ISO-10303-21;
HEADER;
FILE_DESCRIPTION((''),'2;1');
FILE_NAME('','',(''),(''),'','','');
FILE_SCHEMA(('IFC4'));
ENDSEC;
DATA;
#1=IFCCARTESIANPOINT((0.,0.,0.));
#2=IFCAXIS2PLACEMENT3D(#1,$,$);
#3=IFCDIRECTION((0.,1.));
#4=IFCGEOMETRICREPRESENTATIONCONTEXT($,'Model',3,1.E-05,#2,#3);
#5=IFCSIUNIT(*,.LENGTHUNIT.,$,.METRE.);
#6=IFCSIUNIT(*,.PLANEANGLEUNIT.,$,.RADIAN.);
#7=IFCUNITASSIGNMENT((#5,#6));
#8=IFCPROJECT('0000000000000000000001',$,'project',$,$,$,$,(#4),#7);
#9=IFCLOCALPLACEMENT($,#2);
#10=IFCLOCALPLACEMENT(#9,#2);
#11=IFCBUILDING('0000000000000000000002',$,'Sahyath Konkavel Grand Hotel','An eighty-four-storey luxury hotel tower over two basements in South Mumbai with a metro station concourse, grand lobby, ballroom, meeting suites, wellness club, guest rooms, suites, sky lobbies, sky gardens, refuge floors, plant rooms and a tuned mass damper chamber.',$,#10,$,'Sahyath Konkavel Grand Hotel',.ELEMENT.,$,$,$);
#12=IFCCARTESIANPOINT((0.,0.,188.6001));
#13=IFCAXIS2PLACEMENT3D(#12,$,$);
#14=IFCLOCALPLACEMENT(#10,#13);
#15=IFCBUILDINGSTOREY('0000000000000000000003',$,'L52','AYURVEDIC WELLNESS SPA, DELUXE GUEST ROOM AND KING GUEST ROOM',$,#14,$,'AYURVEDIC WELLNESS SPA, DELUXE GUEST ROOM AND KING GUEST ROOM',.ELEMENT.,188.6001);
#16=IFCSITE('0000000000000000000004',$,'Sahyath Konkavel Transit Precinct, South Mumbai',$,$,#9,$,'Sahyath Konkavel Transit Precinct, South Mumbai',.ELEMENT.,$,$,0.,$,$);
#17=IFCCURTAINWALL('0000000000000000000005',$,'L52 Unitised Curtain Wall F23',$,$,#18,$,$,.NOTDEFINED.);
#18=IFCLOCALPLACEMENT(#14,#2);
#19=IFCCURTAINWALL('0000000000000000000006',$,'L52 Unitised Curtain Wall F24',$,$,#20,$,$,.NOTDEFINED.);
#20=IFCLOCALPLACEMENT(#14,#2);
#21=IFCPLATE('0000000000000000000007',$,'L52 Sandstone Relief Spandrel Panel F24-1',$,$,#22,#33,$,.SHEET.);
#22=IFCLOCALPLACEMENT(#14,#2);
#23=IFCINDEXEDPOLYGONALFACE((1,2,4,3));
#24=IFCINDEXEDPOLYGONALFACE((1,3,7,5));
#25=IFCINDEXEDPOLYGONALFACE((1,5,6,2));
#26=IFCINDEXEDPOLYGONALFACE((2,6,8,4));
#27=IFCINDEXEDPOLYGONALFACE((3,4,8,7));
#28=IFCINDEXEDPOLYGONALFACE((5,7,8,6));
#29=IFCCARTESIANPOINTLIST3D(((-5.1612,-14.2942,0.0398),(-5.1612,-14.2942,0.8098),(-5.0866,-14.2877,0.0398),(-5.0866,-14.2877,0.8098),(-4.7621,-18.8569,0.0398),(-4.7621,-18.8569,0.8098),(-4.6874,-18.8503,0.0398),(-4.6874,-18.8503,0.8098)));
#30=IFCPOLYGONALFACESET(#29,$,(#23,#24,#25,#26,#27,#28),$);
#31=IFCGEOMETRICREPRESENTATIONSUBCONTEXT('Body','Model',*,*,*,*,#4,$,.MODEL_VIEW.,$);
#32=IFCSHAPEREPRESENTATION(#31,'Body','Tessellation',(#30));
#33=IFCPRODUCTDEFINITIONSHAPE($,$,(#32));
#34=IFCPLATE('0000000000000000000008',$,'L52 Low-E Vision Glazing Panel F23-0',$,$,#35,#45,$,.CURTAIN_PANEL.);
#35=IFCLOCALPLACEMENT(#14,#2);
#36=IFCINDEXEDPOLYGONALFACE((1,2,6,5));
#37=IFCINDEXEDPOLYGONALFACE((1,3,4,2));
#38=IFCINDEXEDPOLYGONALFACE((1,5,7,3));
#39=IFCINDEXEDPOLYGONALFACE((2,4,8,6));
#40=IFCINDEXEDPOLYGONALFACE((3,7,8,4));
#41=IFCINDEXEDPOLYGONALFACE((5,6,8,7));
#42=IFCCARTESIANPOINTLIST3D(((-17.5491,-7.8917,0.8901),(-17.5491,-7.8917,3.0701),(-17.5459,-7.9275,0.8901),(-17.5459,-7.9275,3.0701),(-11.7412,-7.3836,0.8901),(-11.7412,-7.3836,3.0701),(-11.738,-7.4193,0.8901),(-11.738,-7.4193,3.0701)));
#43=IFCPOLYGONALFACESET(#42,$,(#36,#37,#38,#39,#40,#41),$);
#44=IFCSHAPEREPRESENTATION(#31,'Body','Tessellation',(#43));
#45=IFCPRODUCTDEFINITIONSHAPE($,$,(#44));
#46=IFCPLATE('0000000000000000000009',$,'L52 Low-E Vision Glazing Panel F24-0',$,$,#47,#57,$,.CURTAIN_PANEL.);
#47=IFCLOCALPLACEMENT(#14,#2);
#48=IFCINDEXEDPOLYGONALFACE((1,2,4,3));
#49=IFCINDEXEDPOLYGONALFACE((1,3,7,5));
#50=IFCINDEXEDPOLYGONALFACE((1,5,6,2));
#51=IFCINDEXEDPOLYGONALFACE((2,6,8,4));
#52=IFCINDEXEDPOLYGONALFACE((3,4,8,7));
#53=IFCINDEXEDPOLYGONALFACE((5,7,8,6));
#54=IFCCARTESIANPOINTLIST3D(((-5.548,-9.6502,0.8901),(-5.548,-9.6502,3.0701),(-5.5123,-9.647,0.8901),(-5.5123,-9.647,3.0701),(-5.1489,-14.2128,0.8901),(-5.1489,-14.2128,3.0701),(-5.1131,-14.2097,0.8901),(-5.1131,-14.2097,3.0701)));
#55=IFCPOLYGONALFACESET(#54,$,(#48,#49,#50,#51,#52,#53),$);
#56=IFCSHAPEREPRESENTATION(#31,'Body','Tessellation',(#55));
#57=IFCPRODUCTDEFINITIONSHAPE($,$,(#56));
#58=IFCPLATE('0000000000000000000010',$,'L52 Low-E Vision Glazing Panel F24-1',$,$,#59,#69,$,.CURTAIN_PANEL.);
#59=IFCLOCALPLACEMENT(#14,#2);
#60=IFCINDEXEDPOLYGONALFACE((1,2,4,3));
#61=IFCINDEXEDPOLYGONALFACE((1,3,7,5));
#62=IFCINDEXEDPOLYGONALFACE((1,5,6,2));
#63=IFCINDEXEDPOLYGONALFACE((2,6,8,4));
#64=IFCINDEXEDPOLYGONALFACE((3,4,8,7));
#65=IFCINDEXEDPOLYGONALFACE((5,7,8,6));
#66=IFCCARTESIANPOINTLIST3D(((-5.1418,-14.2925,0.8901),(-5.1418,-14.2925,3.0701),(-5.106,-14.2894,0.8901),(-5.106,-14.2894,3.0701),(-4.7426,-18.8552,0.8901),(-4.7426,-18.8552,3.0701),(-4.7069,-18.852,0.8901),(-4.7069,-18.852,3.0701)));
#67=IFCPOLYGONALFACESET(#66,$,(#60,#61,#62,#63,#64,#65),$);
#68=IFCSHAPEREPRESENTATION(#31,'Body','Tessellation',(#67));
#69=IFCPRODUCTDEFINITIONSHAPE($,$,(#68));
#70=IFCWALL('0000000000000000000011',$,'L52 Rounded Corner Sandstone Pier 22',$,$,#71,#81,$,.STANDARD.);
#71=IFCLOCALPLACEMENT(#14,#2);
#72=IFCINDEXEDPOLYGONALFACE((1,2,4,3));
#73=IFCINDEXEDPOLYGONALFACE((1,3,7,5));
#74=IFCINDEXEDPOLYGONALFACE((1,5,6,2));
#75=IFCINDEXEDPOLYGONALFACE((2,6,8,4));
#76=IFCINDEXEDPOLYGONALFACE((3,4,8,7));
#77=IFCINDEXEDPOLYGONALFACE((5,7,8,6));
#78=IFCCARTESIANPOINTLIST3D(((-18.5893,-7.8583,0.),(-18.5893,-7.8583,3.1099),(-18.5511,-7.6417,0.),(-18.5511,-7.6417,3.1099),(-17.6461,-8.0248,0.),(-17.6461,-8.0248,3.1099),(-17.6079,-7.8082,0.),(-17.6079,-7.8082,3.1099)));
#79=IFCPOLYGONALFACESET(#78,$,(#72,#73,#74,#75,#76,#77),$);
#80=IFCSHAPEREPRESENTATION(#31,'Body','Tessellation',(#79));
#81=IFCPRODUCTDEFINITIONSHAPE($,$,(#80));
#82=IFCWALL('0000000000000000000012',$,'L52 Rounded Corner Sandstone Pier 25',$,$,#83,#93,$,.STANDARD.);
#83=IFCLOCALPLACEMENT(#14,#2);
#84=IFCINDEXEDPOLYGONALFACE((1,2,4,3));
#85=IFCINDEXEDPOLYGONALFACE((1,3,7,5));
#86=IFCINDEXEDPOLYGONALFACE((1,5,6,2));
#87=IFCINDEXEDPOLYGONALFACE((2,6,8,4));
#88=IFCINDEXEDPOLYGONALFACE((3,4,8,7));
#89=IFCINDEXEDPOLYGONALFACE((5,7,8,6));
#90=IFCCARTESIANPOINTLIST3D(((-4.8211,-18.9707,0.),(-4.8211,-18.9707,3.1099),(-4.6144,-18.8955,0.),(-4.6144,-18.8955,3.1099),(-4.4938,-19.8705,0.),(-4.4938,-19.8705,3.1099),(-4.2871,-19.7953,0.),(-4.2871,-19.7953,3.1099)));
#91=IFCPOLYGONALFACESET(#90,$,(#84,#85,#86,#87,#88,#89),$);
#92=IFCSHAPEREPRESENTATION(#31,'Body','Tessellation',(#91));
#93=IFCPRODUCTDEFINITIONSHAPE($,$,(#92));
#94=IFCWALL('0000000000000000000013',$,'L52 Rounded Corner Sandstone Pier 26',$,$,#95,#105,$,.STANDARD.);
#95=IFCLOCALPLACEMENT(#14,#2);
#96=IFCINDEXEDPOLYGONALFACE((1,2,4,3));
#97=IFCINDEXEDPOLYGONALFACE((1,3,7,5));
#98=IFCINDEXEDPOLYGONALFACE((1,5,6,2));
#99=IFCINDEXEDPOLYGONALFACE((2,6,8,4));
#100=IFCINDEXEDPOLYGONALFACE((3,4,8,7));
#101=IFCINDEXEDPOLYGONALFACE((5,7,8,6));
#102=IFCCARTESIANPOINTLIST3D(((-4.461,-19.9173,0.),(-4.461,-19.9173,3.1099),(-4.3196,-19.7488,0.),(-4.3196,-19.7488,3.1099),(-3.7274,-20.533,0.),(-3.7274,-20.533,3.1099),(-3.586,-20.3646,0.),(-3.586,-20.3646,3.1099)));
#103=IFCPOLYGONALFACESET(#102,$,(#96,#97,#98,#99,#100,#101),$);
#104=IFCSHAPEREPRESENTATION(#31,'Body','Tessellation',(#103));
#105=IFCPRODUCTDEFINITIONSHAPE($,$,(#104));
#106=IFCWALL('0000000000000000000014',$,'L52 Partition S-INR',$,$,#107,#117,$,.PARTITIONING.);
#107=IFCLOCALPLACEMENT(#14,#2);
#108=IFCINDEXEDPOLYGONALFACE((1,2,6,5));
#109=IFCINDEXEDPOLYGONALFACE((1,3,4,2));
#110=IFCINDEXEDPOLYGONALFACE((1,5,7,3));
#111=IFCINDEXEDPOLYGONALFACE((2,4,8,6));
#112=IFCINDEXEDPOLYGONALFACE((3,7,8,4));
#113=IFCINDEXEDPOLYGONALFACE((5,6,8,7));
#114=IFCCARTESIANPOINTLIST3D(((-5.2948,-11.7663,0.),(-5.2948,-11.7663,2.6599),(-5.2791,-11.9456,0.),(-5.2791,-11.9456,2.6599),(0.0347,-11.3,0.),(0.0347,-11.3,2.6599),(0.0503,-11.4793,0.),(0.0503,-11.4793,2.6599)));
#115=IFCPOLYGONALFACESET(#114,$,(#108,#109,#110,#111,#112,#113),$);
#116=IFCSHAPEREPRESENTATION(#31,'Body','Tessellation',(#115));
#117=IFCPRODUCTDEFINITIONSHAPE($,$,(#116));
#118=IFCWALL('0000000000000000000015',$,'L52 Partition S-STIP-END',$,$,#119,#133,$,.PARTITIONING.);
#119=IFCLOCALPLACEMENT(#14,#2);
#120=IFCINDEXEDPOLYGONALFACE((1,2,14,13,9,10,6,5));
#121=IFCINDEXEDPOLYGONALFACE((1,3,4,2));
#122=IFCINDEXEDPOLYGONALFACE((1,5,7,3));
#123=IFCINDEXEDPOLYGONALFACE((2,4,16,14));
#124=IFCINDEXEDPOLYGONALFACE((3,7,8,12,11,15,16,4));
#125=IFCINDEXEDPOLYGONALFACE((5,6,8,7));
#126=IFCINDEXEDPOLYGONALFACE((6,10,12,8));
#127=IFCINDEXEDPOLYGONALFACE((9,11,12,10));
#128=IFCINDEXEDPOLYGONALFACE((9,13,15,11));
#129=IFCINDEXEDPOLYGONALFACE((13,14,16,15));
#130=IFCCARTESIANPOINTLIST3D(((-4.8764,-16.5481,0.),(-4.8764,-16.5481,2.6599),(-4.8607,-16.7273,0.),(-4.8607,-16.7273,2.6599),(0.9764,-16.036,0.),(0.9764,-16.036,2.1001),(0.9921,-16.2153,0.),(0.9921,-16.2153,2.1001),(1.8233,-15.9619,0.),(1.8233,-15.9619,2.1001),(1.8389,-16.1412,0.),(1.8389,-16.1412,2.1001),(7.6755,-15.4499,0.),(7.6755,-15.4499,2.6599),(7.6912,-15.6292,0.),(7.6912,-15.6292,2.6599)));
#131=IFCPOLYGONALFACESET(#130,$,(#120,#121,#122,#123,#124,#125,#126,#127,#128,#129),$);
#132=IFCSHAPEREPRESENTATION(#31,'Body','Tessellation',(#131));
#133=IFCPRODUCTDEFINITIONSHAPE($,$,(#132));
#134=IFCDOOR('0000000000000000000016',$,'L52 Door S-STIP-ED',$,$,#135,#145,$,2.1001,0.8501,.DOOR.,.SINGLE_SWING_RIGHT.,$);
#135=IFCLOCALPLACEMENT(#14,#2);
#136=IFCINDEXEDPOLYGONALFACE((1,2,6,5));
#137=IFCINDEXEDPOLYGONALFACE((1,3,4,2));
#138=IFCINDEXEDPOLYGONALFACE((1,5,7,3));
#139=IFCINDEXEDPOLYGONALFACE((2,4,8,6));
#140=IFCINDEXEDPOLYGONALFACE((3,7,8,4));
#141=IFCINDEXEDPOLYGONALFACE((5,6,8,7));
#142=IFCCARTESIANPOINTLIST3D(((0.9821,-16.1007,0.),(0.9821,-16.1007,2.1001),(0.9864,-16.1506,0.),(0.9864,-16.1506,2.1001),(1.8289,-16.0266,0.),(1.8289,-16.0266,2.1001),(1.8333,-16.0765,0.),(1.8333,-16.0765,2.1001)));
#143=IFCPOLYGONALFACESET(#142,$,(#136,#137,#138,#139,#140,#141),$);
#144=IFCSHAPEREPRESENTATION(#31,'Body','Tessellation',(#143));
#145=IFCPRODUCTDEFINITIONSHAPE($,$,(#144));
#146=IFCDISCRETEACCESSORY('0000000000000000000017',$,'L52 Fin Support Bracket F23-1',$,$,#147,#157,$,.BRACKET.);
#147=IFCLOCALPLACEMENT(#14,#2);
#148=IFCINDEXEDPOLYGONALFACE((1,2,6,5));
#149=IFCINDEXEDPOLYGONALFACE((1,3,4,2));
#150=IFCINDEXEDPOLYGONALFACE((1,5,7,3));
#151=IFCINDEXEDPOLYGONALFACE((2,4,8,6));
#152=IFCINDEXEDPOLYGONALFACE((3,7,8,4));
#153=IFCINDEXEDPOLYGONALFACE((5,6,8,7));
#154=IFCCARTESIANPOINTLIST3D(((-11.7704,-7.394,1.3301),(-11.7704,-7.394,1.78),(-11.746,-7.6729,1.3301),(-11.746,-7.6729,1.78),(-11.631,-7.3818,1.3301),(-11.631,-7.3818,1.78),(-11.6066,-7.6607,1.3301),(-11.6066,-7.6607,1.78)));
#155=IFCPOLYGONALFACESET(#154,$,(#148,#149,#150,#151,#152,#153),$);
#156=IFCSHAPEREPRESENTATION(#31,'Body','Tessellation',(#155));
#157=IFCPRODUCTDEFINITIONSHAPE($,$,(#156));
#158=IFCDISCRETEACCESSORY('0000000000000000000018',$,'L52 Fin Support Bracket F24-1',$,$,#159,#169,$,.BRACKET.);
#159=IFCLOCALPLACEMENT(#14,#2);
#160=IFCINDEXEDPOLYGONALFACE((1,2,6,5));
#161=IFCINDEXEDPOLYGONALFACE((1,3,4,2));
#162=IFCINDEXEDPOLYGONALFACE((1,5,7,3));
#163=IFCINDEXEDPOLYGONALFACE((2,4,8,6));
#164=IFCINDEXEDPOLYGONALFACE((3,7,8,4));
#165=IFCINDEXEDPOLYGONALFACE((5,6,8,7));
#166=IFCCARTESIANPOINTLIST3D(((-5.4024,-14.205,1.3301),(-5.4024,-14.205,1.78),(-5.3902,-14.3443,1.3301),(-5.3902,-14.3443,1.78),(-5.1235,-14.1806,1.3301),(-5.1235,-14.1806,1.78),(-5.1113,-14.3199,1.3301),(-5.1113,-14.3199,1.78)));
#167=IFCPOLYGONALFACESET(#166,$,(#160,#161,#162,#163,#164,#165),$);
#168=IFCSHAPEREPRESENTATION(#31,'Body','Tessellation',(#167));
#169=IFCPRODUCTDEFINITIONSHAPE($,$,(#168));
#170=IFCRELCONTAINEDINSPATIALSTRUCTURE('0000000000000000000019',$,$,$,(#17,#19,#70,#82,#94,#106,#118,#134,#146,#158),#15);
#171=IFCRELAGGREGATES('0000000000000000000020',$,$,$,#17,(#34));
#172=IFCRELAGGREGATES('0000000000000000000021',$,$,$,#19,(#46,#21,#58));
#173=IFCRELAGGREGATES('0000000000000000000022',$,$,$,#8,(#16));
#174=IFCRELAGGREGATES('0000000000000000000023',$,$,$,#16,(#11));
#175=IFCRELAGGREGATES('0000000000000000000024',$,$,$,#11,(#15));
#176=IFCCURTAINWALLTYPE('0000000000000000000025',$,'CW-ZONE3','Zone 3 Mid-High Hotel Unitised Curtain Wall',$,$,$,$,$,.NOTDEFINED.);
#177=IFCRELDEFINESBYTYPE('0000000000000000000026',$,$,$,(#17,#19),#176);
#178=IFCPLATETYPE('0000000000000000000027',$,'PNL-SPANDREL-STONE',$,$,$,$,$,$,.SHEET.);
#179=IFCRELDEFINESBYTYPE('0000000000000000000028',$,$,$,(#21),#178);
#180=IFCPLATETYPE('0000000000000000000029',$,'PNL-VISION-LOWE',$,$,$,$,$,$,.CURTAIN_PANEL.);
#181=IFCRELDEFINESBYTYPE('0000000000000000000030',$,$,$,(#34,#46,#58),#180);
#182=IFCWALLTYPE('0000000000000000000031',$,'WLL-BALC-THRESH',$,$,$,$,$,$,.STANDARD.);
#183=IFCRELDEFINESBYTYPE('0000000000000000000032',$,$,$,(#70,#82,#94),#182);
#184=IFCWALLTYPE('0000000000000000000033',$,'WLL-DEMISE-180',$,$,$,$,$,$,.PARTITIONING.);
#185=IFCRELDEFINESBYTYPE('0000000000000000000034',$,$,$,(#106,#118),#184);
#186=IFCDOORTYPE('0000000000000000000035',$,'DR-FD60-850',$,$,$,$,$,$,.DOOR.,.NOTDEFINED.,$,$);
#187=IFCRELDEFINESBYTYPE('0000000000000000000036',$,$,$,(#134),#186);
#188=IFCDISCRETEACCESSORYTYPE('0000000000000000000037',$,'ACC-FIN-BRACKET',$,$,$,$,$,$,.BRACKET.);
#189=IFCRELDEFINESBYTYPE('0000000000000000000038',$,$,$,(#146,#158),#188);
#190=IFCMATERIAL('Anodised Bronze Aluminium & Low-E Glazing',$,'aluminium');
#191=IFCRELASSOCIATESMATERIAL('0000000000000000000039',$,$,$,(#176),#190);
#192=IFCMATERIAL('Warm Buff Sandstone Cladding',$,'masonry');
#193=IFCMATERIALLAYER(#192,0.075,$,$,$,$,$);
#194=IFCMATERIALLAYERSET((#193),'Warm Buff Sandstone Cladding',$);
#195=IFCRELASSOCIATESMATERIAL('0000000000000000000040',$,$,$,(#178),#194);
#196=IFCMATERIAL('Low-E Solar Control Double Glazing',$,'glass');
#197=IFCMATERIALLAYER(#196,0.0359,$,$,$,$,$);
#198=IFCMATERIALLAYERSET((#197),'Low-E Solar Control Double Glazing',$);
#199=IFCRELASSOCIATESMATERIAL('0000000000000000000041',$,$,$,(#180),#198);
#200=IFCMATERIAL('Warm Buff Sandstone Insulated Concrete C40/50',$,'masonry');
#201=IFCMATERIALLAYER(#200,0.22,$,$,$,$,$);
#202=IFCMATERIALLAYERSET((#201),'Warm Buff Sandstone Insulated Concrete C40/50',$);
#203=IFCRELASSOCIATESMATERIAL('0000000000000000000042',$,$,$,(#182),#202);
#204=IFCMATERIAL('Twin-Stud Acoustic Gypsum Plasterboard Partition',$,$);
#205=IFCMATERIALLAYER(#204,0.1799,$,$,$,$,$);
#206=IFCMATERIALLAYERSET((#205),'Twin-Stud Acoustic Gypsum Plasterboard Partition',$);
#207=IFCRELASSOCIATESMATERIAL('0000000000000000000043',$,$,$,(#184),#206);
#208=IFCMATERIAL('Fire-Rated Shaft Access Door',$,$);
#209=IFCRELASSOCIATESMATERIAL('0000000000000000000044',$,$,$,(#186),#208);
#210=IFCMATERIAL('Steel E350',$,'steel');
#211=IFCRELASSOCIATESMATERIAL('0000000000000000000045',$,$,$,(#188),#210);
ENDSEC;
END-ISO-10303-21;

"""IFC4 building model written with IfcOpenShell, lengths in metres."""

from ifc_helpers import new_model, si_unit, direction, frame, frame_2d, origin, origin_2d, place, context, subcontext, project, spatial, rectangle, extrude, source, transform, mapped, material, layer, layer_set, type_object, element, fill, aggregate, save


model = new_model("IFC4")

# Units and contexts
model_context = context("Model", 3, precision=1e-05, world=origin(), true_north=direction((0.0, 1.0)))
body_context = subcontext(model_context, "Body", "Model", "MODEL_VIEW")
ifc_project = project(units=[si_unit("LENGTHUNIT", "METRE"), si_unit("PLANEANGLEUNIT", "RADIAN")], contexts=[model_context])

# Site, building, storey
site_placement = place(None, origin())
site = spatial("IfcSite", under=ifc_project, at=site_placement, Name="Sahyath Konkavel Transit Precinct, South Mumbai", LongName="Sahyath Konkavel Transit Precinct, South Mumbai", CompositionType="ELEMENT", RefElevation=0.0)
building_placement = place(site_placement, origin())
building = spatial("IfcBuilding", under=site, at=building_placement, Name="Sahyath Konkavel Grand Hotel", Description="An eighty-four-storey luxury hotel tower over two basements in South Mumbai with a metro station concourse, grand lobby, ballroom, meeting suites, wellness club, guest rooms, suites, sky lobbies, sky gardens, refuge floors, plant rooms and a tuned mass damper chamber.", LongName="Sahyath Konkavel Grand Hotel", CompositionType="ELEMENT")
storey_placement = place(building_placement, frame((0.0, 0.0, 188.6001)))
storey = spatial("IfcBuildingStorey", under=building, at=storey_placement, Name="L52", Description="AYURVEDIC WELLNESS SPA, DELUXE GUEST ROOM AND KING GUEST ROOM", LongName="AYURVEDIC WELLNESS SPA, DELUXE GUEST ROOM AND KING GUEST ROOM", CompositionType="ELEMENT", Elevation=188.6001)

# Curtain wall
ifc_material_1 = material(Name="Anodised Bronze Aluminium & Low-E Glazing", Category="aluminium")
curtain_wall_type = type_object("IfcCurtainWallType", Name="CW-ZONE3", Description="Zone 3 Mid-High Hotel Unitised Curtain Wall", PredefinedType="NOTDEFINED", material=ifc_material_1)
curtain_wall_1_placement = place(storey_placement, origin())
curtain_wall_1 = element("IfcCurtainWall", 1, at=curtain_wall_1_placement, inside=storey, type_object=curtain_wall_type, Name="L52 Unitised Curtain Wall F23", PredefinedType="NOTDEFINED")

# Curtain wall
curtain_wall_2_placement = place(storey_placement, origin())
curtain_wall_2 = element("IfcCurtainWall", 2, at=curtain_wall_2_placement, inside=storey, type_object=curtain_wall_type, Name="L52 Unitised Curtain Wall F24", PredefinedType="NOTDEFINED")

# Plates
ifc_material_2 = material(Name="Warm Buff Sandstone Cladding", Category="masonry")
ifc_layer_1 = layer(ifc_material_2, 0.075)
ifc_layer_set_1 = layer_set([ifc_layer_1], Name="Warm Buff Sandstone Cladding")
plate_type_1 = type_object("IfcPlateType", Name="PNL-SPANDREL-STONE", PredefinedType="SHEET", material=ifc_layer_set_1)
shared_shape_1 = source(origin(), body_context, "Body", "SweptSolid", [
    extrude(rectangle(XDim=4.5801, YDim=0.075, at=origin_2d()), origin(), (0.0, 0.0, 1.0), 0.77),
])
plate_1_placement = place(storey_placement, frame((-4.9243, -16.5723, 0.0398), z_axis=(0.0, 0.0, 1.0), x_axis=(0.087156, -0.996195, 0.0)))
plate_1 = element("IfcPlate", 3, at=plate_1_placement, type_object=plate_type_1, Name="L52 Sandstone Relief Spandrel Panel F24-1", PredefinedType="SHEET", context=body_context, shape_type="MappedRepresentation", body=[
    mapped(shared_shape_1, transform((0.0, 0.0, 0.0), scale=1.0)),
])
ifc_material_3 = material(Name="Low-E Solar Control Double Glazing", Category="glass")
ifc_layer_2 = layer(ifc_material_3, 0.0359)
ifc_layer_set_2 = layer_set([ifc_layer_2], Name="Low-E Solar Control Double Glazing")
plate_type_2 = type_object("IfcPlateType", Name="PNL-VISION-LOWE", PredefinedType="CURTAIN_PANEL", material=ifc_layer_set_2)
shared_shape_2 = source(origin(), body_context, "Body", "SweptSolid", [
    extrude(rectangle(XDim=5.8301, YDim=0.0359, at=origin_2d()), origin(), (0.0, 0.0, 1.0), 2.1799),
])
plate_2_placement = place(storey_placement, frame((-14.6436, -7.6555, 0.8901), z_axis=(0.0, 0.0, 1.0), x_axis=(0.996195, 0.087156, 0.0)))
plate_2 = element("IfcPlate", 4, at=plate_2_placement, type_object=plate_type_2, Name="L52 Low-E Vision Glazing Panel F23-0", PredefinedType="CURTAIN_PANEL", context=body_context, shape_type="MappedRepresentation", body=[
    mapped(shared_shape_2, transform((0.0, 0.0, 0.0), scale=1.0)),
])
aggregate(curtain_wall_1, [plate_2])
shared_shape_3 = source(origin(), body_context, "Body", "SweptSolid", [
    extrude(rectangle(XDim=4.5801, YDim=0.0359, at=origin_2d()), origin(), (0.0, 0.0, 1.0), 2.1799),
])
plate_3_placement = place(storey_placement, frame((-5.3306, -11.9299, 0.8901), z_axis=(0.0, 0.0, 1.0), x_axis=(0.087156, -0.996195, 0.0)))
plate_3 = element("IfcPlate", 5, at=plate_3_placement, type_object=plate_type_2, Name="L52 Low-E Vision Glazing Panel F24-0", PredefinedType="CURTAIN_PANEL", context=body_context, shape_type="MappedRepresentation", body=[
    mapped(shared_shape_3, transform((0.0, 0.0, 0.0), scale=1.0)),
])
plate_4_placement = place(storey_placement, frame((-4.9243, -16.5723, 0.8901), z_axis=(0.0, 0.0, 1.0), x_axis=(0.087156, -0.996195, 0.0)))
plate_4 = element("IfcPlate", 6, at=plate_4_placement, type_object=plate_type_2, Name="L52 Low-E Vision Glazing Panel F24-1", PredefinedType="CURTAIN_PANEL", context=body_context, shape_type="MappedRepresentation", body=[
    mapped(shared_shape_3, transform((0.0, 0.0, 0.0), scale=1.0)),
])
aggregate(curtain_wall_2, [plate_3, plate_1, plate_4])

# Walls
ifc_material_4 = material(Name="Warm Buff Sandstone Insulated Concrete C40/50", Category="masonry")
ifc_layer_3 = layer(ifc_material_4, 0.22)
ifc_layer_set_3 = layer_set([ifc_layer_3], Name="Warm Buff Sandstone Insulated Concrete C40/50")
wall_type_1 = type_object("IfcWallType", Name="WLL-BALC-THRESH", PredefinedType="STANDARD", material=ifc_layer_set_3)
wall_1_placement = place(storey_placement, frame((-18.5703, -7.75, 0.0), z_axis=(0.0, 0.0, 1.0), x_axis=(0.984771, -0.173858, 0.0)))
element("IfcWall", 7, at=wall_1_placement, inside=storey, type_object=wall_type_1, Name="L52 Rounded Corner Sandstone Pier 22", PredefinedType="STANDARD", context=body_context, shape_type="SweptSolid", body=[
    extrude(rectangle(XDim=0.9578, YDim=0.22, at=frame_2d((0.479, 0.0))), origin(), (0.0, 0.0, 1.0), 3.1099),
])
wall_2_placement = place(storey_placement, frame((-4.7178, -18.9331, 0.0), z_axis=(0.0, 0.0, 1.0), x_axis=(0.341886, -0.939741, 0.0)))
element("IfcWall", 8, at=wall_2_placement, inside=storey, type_object=wall_type_1, Name="L52 Rounded Corner Sandstone Pier 25", PredefinedType="STANDARD", context=body_context, shape_type="SweptSolid", body=[
    extrude(rectangle(XDim=0.9575, YDim=0.22, at=frame_2d((0.4788, 0.0))), origin(), (0.0, 0.0, 1.0), 3.1099),
])
wall_3_placement = place(storey_placement, frame((-4.3904, -19.833, 0.0), z_axis=(0.0, 0.0, 1.0), x_axis=(0.765981, -0.642863, 0.0)))
element("IfcWall", 9, at=wall_3_placement, inside=storey, type_object=wall_type_1, Name="L52 Rounded Corner Sandstone Pier 26", PredefinedType="STANDARD", context=body_context, shape_type="SweptSolid", body=[
    extrude(rectangle(XDim=0.9578, YDim=0.22, at=frame_2d((0.479, 0.0))), origin(), (0.0, 0.0, 1.0), 3.1099),
])
ifc_material_5 = material(Name="Twin-Stud Acoustic Gypsum Plasterboard Partition")
ifc_layer_4 = layer(ifc_material_5, 0.1799)
ifc_layer_set_4 = layer_set([ifc_layer_4], Name="Twin-Stud Acoustic Gypsum Plasterboard Partition")
wall_type_2 = type_object("IfcWallType", Name="WLL-DEMISE-180", PredefinedType="PARTITIONING", material=ifc_layer_set_4)
wall_4_placement = place(storey_placement, frame((-5.2869, -11.856, 0.0), z_axis=(0.0, 0.0, 1.0), x_axis=(0.996194, 0.087161, 0.0)))
element("IfcWall", 10, at=wall_4_placement, inside=storey, type_object=wall_type_2, Name="L52 Partition S-INR", PredefinedType="PARTITIONING", context=body_context, shape_type="SweptSolid", body=[
    extrude(rectangle(XDim=5.3499, YDim=0.1799, at=frame_2d((2.6748, 0.0))), origin(), (0.0, 0.0, 1.0), 2.6599),
])

# Wall, opening, door
wall_5_placement = place(storey_placement, frame((-4.8684, -16.6377, 0.0), z_axis=(0.0, 0.0, 1.0), x_axis=(0.996195, 0.087155, 0.0)))
wall_5 = element("IfcWall", 11, at=wall_5_placement, inside=storey, type_object=wall_type_2, Name="L52 Partition S-STIP-END", PredefinedType="PARTITIONING", context=body_context, shape_type="SweptSolid", body=[
    extrude(rectangle(XDim=12.5999, YDim=0.1799, at=frame_2d((6.2998, 0.0))), origin(), (0.0, 0.0, 1.0), 2.6599),
])
opening_placement = place(wall_5_placement, frame((5.875, 0.0, 0.0)))
opening = element("IfcOpeningElement", 12, at=opening_placement, cuts=wall_5, PredefinedType="OPENING", context=body_context, shape_type="SweptSolid", body=[
    extrude(rectangle(XDim=0.8501, YDim=2.1001, at=frame_2d((0.425, 1.05))), frame((0.0, 0.1001, 0.0), z_axis=(0.0, -1.0, 0.0), x_axis=(1.0, 0.0, 0.0)), (0.0, 0.0, 1.0), 0.2),
])
ifc_material_6 = material(Name="Fire-Rated Shaft Access Door")
door_type = type_object("IfcDoorType", Name="DR-FD60-850", OperationType="NOTDEFINED", PredefinedType="DOOR", material=ifc_material_6)
shared_shape_4 = source(origin(), body_context, "Body", "SweptSolid", [
    extrude(rectangle(XDim=0.8501, YDim=0.05, at=origin_2d()), origin(), (0.0, 0.0, 1.0), 2.1001),
])
door_placement = place(opening_placement, frame((0.425, 0.0, 0.0)))
door = element("IfcDoor", 13, at=door_placement, inside=storey, type_object=door_type, Name="L52 Door S-STIP-ED", OperationType="SINGLE_SWING_RIGHT", OverallHeight=2.1001, OverallWidth=0.8501, PredefinedType="DOOR", context=body_context, shape_type="MappedRepresentation", body=[
    mapped(shared_shape_4, transform((0.0, 0.0, 0.0), scale=1.0)),
])
fill(opening, door)

# Discrete accessories
ifc_material_7 = material(Name="Steel E350", Category="steel")
discrete_accessory_type = type_object("IfcDiscreteAccessoryType", Name="ACC-FIN-BRACKET", PredefinedType="BRACKET", material=ifc_material_7)
shared_shape_5 = source(origin(), body_context, "Body", "SweptSolid", [
    extrude(rectangle(XDim=0.28, YDim=0.1399, at=origin_2d()), origin(), (0.0, 0.0, 1.0), 0.45),
])
for number, where, z_axis, x_axis, name in (
    (14, (-11.6885, -7.5273, 1.3301), (0.0, 0.0, 1.0), (0.087156, -0.996195, 0.0), "L52 Fin Support Bracket F23-1"),
    (15, (-5.2568, -14.2625, 1.3301), (0.0, 0.0, 1.0), (-0.996195, -0.087156, 0.0), "L52 Fin Support Bracket F24-1"),
):
    element("IfcDiscreteAccessory", number, at=place(storey_placement, frame(where, z_axis=z_axis, x_axis=x_axis)), inside=storey, type_object=discrete_accessory_type, Name=name, PredefinedType="BRACKET", context=body_context, shape_type="MappedRepresentation", body=[
        mapped(shared_shape_5, transform((0.0, 0.0, 0.0), scale=1.0)),
    ])

save(model, "model.ifc")
